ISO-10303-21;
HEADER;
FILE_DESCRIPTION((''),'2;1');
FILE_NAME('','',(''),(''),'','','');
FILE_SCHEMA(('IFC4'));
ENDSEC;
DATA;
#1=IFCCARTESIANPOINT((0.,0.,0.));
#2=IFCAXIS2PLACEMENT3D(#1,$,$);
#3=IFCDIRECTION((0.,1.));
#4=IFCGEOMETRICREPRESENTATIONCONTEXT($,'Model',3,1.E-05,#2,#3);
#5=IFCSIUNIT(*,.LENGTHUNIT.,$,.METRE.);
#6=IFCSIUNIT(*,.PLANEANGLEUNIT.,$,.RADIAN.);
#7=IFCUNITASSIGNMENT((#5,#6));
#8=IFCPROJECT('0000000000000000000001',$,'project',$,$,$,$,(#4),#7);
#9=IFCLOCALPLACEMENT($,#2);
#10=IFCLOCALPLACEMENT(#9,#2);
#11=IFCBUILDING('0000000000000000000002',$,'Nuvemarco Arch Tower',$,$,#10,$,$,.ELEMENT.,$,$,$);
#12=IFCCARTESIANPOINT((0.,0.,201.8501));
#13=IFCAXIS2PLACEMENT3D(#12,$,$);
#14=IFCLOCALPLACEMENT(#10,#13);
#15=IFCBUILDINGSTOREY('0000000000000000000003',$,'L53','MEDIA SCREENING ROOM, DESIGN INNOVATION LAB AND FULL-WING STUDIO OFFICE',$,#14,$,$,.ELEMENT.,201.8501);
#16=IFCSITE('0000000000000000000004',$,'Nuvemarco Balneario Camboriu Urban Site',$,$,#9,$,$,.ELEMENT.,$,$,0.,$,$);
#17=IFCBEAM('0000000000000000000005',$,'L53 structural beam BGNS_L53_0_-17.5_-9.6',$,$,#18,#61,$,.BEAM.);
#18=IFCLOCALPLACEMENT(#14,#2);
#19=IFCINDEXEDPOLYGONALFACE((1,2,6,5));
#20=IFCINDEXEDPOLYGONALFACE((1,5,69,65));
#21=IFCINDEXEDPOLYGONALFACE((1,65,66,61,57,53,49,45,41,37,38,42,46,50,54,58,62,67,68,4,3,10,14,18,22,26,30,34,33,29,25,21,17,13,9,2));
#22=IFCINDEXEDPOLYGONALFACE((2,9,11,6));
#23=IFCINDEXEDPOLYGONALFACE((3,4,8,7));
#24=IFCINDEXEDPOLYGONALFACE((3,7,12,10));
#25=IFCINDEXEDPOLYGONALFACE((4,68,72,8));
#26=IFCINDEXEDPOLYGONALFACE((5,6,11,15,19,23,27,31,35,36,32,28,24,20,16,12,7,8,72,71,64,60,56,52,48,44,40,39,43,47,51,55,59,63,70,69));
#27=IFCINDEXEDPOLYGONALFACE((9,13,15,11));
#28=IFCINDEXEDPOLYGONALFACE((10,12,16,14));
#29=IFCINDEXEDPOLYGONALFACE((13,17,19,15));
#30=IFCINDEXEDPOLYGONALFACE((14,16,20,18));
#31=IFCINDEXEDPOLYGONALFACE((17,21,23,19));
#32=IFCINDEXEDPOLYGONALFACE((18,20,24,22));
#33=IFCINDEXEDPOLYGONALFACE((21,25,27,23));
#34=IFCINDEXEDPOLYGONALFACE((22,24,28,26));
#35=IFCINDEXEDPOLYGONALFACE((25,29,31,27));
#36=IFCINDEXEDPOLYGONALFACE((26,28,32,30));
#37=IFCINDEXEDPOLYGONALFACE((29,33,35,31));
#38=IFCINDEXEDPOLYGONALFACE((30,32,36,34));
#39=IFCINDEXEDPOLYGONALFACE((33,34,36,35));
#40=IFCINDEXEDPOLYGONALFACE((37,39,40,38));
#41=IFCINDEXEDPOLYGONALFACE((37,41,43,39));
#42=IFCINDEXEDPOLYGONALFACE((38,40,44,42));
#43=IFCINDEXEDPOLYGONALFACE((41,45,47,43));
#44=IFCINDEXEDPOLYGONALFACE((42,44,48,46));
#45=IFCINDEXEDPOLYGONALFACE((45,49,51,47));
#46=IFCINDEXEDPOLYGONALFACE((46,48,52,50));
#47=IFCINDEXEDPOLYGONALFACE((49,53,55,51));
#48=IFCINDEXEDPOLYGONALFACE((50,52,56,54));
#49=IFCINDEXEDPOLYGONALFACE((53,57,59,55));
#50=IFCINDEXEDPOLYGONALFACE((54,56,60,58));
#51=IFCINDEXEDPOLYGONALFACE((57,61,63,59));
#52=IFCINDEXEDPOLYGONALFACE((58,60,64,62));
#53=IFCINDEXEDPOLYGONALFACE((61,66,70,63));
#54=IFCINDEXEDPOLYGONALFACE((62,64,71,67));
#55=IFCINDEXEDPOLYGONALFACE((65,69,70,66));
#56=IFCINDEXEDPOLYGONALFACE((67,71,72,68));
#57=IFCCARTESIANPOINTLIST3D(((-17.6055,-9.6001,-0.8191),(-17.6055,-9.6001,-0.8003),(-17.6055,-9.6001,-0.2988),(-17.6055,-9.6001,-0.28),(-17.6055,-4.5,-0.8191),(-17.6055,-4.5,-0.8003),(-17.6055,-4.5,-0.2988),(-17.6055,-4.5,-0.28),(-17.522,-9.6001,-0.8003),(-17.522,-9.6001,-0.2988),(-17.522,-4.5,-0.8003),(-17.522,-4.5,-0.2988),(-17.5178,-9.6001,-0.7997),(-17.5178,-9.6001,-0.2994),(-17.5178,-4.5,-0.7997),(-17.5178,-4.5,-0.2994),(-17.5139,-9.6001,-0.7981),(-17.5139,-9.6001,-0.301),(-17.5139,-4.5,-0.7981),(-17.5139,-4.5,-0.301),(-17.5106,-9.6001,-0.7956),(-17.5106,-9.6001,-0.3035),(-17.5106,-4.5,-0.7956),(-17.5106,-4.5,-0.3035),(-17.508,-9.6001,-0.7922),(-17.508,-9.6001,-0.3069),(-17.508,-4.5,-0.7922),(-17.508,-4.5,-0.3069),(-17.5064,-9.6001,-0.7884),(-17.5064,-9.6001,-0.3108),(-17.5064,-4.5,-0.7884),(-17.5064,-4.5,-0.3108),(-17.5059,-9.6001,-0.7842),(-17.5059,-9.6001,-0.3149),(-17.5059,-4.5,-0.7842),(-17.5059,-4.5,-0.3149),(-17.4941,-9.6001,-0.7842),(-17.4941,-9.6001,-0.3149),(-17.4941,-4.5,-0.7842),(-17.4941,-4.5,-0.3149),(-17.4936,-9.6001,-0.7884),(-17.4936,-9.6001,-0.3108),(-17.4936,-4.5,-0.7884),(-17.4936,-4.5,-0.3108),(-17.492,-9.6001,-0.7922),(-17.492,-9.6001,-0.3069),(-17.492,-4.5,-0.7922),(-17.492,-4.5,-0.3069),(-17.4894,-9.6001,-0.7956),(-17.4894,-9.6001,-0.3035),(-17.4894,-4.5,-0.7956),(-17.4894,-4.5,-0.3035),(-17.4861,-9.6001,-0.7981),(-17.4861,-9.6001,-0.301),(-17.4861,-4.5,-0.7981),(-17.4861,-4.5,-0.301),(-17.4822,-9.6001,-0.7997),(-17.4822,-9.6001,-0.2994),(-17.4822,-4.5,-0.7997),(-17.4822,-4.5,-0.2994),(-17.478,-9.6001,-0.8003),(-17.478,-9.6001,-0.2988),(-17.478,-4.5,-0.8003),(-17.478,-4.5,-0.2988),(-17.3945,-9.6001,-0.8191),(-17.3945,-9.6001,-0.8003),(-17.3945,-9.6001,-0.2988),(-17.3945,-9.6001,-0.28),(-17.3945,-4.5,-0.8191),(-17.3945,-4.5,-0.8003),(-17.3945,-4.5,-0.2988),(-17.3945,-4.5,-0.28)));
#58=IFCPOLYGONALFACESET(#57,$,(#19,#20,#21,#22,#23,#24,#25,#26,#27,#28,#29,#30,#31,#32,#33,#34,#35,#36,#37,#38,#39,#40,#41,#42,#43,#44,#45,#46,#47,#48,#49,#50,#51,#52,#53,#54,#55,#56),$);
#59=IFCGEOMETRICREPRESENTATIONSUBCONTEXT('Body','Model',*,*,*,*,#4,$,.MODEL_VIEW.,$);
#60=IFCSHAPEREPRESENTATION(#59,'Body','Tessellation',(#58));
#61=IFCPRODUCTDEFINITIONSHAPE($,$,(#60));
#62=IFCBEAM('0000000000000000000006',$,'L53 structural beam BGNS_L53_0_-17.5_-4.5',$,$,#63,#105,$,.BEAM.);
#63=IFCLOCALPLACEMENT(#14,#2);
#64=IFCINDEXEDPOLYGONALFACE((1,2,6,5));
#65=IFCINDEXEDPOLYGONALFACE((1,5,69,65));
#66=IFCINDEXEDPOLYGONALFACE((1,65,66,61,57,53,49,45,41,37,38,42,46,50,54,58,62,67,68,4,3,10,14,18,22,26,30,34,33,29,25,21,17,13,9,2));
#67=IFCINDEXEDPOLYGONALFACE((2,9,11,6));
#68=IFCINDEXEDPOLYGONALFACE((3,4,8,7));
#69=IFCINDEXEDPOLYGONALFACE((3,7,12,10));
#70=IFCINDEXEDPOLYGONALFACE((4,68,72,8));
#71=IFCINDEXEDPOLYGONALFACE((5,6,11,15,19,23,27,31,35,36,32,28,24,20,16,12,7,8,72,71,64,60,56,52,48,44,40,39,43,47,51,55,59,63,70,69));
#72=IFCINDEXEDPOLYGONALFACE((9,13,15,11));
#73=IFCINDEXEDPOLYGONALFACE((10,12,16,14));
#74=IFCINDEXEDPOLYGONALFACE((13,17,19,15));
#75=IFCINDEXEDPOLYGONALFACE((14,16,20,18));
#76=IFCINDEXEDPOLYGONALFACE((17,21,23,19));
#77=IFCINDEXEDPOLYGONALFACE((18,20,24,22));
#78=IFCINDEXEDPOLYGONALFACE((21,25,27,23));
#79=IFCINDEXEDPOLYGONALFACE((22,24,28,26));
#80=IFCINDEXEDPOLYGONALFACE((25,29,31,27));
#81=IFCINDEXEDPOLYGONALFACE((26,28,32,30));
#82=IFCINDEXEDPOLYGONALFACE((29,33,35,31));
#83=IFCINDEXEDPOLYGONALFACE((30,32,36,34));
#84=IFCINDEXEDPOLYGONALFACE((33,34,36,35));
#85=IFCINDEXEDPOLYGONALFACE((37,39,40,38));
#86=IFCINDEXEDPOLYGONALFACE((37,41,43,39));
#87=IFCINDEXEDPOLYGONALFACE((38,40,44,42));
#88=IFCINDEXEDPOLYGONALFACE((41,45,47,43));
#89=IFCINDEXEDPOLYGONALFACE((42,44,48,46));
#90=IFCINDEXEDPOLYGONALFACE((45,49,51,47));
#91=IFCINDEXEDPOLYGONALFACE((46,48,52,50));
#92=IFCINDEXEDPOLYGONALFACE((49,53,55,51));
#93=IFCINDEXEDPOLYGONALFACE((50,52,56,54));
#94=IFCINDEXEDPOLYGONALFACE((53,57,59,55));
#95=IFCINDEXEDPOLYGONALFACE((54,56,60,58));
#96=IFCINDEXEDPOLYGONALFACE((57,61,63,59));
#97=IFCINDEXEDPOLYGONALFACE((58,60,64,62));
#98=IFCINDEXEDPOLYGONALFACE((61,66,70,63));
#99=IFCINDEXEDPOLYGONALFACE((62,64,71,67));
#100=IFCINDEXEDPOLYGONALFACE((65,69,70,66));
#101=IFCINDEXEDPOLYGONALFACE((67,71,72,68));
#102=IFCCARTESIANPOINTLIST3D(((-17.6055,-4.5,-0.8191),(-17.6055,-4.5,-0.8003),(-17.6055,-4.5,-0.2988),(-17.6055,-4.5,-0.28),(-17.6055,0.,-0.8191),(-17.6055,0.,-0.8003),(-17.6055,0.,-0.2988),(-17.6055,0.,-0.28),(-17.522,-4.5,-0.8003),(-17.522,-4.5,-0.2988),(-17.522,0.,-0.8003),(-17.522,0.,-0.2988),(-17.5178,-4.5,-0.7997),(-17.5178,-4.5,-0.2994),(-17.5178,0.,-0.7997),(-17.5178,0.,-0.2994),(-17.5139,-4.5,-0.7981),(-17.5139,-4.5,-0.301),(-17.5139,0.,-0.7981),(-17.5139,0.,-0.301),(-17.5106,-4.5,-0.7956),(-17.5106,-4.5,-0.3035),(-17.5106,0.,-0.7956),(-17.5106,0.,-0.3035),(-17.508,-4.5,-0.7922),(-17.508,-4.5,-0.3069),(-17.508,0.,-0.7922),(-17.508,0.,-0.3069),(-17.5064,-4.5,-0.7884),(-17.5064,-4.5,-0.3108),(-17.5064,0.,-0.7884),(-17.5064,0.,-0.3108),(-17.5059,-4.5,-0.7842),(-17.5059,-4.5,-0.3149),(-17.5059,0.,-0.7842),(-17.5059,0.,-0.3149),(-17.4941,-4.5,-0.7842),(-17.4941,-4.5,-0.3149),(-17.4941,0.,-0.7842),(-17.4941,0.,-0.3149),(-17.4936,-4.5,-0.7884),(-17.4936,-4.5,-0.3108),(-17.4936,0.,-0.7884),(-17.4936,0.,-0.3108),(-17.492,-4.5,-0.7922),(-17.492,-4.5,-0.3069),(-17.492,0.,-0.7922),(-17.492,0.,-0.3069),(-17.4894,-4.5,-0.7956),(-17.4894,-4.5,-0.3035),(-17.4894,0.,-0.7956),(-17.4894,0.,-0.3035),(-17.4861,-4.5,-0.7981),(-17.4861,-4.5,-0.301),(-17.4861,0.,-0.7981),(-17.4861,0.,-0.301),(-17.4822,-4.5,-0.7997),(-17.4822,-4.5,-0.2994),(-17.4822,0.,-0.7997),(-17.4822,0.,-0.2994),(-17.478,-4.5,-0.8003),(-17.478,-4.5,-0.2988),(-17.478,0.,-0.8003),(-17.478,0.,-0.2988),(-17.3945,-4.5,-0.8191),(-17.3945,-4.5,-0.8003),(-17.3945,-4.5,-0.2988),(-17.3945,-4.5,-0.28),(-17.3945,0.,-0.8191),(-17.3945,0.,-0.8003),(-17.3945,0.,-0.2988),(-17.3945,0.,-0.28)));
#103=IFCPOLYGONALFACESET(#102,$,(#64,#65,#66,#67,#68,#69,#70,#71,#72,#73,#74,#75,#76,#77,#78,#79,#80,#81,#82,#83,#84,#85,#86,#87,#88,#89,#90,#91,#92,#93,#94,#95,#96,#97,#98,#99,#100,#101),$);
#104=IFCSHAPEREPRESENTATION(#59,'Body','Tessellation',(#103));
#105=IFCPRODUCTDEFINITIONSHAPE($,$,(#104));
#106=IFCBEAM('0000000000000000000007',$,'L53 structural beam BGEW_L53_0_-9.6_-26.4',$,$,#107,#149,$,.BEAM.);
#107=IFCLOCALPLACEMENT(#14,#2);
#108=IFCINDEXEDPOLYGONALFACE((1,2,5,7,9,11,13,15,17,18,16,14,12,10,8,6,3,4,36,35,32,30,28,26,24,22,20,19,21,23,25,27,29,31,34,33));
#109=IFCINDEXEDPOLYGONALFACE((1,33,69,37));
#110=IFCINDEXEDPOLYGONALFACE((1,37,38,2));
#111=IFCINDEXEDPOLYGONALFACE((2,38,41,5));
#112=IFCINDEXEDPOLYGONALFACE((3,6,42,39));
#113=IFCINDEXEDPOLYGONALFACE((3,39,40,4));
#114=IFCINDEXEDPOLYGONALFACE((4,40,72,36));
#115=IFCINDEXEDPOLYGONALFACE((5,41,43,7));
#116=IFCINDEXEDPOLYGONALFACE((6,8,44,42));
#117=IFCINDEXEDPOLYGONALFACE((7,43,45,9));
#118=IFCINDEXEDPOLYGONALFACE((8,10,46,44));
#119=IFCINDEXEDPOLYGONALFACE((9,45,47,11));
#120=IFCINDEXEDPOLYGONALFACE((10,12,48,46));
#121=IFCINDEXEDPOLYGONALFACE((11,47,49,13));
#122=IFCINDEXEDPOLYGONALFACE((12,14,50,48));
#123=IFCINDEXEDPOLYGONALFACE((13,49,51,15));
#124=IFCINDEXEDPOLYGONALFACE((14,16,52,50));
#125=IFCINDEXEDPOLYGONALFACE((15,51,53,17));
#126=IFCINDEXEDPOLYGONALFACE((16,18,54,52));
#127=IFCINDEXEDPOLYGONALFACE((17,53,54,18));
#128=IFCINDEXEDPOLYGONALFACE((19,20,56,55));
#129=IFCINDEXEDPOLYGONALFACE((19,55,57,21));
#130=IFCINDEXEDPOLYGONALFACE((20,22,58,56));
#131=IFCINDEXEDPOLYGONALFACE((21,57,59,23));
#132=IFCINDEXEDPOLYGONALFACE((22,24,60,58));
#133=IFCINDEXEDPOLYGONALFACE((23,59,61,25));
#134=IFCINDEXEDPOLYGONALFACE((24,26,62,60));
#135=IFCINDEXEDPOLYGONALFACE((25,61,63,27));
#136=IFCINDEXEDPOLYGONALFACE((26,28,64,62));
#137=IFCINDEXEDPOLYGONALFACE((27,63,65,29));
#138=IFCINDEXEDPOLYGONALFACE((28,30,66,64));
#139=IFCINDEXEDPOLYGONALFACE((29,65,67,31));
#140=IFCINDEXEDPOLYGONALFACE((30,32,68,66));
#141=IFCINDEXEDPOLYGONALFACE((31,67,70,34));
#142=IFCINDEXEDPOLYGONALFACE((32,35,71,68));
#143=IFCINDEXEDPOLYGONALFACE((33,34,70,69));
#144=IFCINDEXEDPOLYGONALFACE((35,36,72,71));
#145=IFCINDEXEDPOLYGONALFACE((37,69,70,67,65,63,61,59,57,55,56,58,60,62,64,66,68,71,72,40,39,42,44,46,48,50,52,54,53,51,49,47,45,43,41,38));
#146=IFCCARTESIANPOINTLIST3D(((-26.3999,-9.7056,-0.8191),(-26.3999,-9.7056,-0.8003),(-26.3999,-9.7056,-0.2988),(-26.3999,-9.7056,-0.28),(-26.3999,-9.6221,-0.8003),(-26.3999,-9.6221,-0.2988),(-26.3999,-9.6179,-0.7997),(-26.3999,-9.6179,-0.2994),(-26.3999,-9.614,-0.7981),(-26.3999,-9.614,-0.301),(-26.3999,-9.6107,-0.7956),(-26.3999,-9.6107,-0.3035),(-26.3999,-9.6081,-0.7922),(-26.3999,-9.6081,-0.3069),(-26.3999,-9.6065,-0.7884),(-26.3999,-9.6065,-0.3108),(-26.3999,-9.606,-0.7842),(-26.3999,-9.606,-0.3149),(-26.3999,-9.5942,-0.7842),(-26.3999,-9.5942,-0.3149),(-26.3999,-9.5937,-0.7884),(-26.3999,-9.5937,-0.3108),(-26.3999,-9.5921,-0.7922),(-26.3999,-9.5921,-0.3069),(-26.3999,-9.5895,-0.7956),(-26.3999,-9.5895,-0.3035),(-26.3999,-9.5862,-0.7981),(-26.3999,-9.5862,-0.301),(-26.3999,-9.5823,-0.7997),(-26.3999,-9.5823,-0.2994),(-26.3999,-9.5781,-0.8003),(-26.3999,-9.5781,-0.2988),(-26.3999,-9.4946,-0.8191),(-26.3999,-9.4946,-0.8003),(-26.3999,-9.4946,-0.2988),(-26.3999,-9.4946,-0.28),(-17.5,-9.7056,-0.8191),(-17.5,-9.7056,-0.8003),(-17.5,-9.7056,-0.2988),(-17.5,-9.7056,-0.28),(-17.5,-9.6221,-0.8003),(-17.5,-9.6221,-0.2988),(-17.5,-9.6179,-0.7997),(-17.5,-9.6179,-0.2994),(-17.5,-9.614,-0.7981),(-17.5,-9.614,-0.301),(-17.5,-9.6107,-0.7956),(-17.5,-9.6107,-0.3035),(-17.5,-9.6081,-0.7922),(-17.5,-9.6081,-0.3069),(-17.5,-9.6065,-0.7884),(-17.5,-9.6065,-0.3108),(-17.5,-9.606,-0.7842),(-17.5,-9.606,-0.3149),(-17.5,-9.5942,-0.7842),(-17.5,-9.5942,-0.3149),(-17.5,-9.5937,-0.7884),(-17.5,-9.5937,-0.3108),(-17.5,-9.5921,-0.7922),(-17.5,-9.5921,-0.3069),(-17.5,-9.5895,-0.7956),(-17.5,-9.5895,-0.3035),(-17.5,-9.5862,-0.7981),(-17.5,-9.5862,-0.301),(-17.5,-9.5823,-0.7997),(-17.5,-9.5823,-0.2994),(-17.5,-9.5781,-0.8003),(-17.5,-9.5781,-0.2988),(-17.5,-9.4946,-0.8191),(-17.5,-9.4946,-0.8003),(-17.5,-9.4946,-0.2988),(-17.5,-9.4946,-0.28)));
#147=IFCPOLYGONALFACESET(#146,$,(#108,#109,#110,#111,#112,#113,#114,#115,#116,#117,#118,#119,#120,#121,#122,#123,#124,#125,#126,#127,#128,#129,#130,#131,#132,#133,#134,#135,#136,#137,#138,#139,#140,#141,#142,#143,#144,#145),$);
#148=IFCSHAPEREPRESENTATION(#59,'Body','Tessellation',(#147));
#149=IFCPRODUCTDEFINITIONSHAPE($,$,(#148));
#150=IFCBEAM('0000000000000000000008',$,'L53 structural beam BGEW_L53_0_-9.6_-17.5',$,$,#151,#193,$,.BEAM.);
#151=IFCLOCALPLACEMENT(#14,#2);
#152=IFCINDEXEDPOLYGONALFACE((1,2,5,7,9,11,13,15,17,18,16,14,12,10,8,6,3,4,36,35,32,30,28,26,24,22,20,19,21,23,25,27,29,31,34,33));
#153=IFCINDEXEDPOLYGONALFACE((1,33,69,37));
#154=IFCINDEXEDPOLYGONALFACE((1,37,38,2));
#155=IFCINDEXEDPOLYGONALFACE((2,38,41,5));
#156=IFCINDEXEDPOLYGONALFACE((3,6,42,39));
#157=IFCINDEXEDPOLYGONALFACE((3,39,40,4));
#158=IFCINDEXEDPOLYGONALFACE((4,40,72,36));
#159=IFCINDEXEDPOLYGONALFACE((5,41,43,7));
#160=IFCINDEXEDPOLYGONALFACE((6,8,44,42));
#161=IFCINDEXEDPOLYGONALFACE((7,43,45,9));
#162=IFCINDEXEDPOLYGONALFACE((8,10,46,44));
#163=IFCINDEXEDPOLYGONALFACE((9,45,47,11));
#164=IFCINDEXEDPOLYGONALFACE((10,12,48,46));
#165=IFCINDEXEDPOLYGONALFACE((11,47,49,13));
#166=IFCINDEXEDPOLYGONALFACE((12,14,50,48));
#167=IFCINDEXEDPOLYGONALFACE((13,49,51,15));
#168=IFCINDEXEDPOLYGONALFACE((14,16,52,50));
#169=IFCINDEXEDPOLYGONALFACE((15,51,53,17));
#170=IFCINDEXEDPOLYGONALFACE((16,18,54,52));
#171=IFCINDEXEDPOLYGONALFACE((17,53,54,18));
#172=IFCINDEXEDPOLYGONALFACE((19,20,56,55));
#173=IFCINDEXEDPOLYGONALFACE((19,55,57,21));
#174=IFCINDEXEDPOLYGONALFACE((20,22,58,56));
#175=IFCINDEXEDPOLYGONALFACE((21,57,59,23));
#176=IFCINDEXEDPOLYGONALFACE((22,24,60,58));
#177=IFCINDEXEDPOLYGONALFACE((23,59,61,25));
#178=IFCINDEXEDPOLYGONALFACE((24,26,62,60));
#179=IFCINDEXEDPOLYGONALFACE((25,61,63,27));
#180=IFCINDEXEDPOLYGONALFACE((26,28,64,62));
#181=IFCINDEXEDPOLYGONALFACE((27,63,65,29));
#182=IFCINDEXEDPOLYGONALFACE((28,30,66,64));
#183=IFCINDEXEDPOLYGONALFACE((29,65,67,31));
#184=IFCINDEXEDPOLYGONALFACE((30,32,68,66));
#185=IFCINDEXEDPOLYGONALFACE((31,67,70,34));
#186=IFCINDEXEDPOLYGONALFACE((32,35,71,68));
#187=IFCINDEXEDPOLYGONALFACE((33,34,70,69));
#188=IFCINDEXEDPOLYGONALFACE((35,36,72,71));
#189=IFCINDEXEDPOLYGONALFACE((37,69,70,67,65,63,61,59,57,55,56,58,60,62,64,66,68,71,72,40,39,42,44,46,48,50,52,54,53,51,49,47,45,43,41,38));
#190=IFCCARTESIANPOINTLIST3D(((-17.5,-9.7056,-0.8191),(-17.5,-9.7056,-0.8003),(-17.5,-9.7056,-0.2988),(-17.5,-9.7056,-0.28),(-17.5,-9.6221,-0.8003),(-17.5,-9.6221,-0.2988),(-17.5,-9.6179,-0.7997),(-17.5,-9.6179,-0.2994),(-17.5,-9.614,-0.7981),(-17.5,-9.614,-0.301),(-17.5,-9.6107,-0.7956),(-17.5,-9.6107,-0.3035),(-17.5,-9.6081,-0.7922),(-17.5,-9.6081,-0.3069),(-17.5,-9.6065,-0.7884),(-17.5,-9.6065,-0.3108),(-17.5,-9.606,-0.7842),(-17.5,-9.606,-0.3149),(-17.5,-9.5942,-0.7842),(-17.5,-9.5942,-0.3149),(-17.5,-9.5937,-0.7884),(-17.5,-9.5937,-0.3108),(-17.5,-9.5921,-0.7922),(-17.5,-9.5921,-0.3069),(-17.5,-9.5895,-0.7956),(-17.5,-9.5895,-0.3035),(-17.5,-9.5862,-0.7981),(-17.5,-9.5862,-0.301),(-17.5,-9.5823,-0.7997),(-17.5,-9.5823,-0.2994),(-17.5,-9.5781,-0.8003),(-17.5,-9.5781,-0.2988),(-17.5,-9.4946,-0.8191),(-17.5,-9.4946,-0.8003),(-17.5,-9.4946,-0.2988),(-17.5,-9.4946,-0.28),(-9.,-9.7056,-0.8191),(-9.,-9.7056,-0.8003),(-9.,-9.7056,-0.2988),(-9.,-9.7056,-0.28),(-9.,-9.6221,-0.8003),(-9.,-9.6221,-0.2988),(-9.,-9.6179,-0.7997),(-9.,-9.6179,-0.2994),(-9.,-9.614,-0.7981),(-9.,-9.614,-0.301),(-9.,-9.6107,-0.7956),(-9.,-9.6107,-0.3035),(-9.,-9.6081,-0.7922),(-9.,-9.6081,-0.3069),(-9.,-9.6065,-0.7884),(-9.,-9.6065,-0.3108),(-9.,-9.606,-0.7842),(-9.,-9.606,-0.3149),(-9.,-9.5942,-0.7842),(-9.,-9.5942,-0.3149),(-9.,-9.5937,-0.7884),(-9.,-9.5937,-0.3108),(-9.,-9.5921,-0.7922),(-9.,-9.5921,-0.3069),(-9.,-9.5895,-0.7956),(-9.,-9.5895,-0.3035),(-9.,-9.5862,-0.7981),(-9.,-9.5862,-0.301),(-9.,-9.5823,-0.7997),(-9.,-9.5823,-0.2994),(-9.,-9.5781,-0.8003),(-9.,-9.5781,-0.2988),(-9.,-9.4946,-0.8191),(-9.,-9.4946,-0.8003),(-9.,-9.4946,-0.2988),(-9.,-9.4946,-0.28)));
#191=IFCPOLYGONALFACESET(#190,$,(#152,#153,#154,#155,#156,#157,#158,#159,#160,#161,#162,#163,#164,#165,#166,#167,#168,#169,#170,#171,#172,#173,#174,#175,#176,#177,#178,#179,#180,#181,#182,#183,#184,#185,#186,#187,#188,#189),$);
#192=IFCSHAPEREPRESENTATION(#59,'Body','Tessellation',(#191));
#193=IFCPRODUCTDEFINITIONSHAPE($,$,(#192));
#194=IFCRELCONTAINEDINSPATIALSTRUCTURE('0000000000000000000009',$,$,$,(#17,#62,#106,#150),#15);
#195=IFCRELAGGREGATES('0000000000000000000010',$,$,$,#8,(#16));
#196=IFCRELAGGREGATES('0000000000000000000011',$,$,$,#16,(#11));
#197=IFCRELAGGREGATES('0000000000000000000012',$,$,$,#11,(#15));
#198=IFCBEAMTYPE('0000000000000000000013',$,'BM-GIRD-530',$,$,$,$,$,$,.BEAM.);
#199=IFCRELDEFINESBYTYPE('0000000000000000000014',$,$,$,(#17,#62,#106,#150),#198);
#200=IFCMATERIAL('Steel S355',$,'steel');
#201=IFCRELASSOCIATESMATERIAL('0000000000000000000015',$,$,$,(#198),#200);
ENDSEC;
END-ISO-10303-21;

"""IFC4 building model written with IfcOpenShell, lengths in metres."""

from ifc_helpers import new_model, si_unit, direction, frame, origin, origin_2d, place, context, subcontext, project, spatial, i_section, extrude, material, material_profile, profile_set, type_object, element, save


model = new_model("IFC4")

# Units and contexts
model_context = context("Model", 3, precision=1e-05, world=origin(), true_north=direction((0.0, 1.0)))
body_context = subcontext(model_context, "Body", "Model", "MODEL_VIEW")
ifc_project = project(units=[si_unit("LENGTHUNIT", "METRE"), si_unit("PLANEANGLEUNIT", "RADIAN")], contexts=[model_context])

# Site, building, storey
site_placement = place(None, origin())
site = spatial("IfcSite", under=ifc_project, at=site_placement, Name="Nuvemarco Balneario Camboriu Urban Site", CompositionType="ELEMENT", RefElevation=0.0)
building_placement = place(site_placement, origin())
building = spatial("IfcBuilding", under=site, at=building_placement, Name="Nuvemarco Arch Tower", CompositionType="ELEMENT")
storey_placement = place(building_placement, frame((0.0, 0.0, 201.8501)))
storey = spatial("IfcBuildingStorey", under=building, at=storey_placement, Name="L53", Description="MEDIA SCREENING ROOM, DESIGN INNOVATION LAB AND FULL-WING STUDIO OFFICE", CompositionType="ELEMENT", Elevation=201.8501)

# Shared definitions
ifc_material_1 = material(Name="Steel S355", Category="steel")

# Beams
ifc_material_profile_1 = material_profile(ifc_material_1, i_section(OverallWidth=0.2109, OverallDepth=0.5391, WebThickness=0.0117, FlangeThickness=0.0188, FilletRadius=0.0161, at=origin_2d()), Name="W530x109")
ifc_profile_set_1 = profile_set([ifc_material_profile_1], Name="Steel S355")
beam_type_1 = type_object("IfcBeamType", Name="BM-GIRD-530", PredefinedType="BEAM", material=ifc_profile_set_1)
beam_1_placement = place(storey_placement, frame((-17.5, -9.6001, -0.5496), z_axis=(0.0, 1.0, 0.0), x_axis=(-1.0, 0.0, 0.0)))
element("IfcBeam", 1, at=beam_1_placement, inside=storey, type_object=beam_type_1, Name="L53 structural beam BGNS_L53_0_-17.5_-9.6", PredefinedType="BEAM", context=body_context, shape_type="SweptSolid", body=[
    extrude(i_section(OverallWidth=0.2109, OverallDepth=0.5391, WebThickness=0.0117, FlangeThickness=0.0188, FilletRadius=0.0161, at=origin_2d()), origin(), (0.0, 0.0, 1.0), 5.1001),
])
beam_2_placement = place(storey_placement, frame((-17.5, -4.5, -0.5496), z_axis=(0.0, 1.0, 0.0), x_axis=(-1.0, 0.0, 0.0)))
element("IfcBeam", 2, at=beam_2_placement, inside=storey, type_object=beam_type_1, Name="L53 structural beam BGNS_L53_0_-17.5_-4.5", PredefinedType="BEAM", context=body_context, shape_type="SweptSolid", body=[
    extrude(i_section(OverallWidth=0.2109, OverallDepth=0.5391, WebThickness=0.0117, FlangeThickness=0.0188, FilletRadius=0.0161, at=origin_2d()), origin(), (0.0, 0.0, 1.0), 4.5),
])
beam_3_placement = place(storey_placement, frame((-26.3999, -9.6001, -0.5496), z_axis=(1.0, 0.0, 0.0), x_axis=(0.0, 1.0, 0.0)))
element("IfcBeam", 3, at=beam_3_placement, inside=storey, type_object=beam_type_1, Name="L53 structural beam BGEW_L53_0_-9.6_-26.4", PredefinedType="BEAM", context=body_context, shape_type="SweptSolid", body=[
    extrude(i_section(OverallWidth=0.2109, OverallDepth=0.5391, WebThickness=0.0117, FlangeThickness=0.0188, FilletRadius=0.0161, at=origin_2d()), origin(), (0.0, 0.0, 1.0), 8.8999),
])
beam_4_placement = place(storey_placement, frame((-17.5, -9.6001, -0.5496), z_axis=(1.0, 0.0, 0.0), x_axis=(0.0, 1.0, 0.0)))
element("IfcBeam", 4, at=beam_4_placement, inside=storey, type_object=beam_type_1, Name="L53 structural beam BGEW_L53_0_-9.6_-17.5", PredefinedType="BEAM", context=body_context, shape_type="SweptSolid", body=[
    extrude(i_section(OverallWidth=0.2109, OverallDepth=0.5391, WebThickness=0.0117, FlangeThickness=0.0188, FilletRadius=0.0161, at=origin_2d()), origin(), (0.0, 0.0, 1.0), 8.5),
])

save(model, "model.ifc")
